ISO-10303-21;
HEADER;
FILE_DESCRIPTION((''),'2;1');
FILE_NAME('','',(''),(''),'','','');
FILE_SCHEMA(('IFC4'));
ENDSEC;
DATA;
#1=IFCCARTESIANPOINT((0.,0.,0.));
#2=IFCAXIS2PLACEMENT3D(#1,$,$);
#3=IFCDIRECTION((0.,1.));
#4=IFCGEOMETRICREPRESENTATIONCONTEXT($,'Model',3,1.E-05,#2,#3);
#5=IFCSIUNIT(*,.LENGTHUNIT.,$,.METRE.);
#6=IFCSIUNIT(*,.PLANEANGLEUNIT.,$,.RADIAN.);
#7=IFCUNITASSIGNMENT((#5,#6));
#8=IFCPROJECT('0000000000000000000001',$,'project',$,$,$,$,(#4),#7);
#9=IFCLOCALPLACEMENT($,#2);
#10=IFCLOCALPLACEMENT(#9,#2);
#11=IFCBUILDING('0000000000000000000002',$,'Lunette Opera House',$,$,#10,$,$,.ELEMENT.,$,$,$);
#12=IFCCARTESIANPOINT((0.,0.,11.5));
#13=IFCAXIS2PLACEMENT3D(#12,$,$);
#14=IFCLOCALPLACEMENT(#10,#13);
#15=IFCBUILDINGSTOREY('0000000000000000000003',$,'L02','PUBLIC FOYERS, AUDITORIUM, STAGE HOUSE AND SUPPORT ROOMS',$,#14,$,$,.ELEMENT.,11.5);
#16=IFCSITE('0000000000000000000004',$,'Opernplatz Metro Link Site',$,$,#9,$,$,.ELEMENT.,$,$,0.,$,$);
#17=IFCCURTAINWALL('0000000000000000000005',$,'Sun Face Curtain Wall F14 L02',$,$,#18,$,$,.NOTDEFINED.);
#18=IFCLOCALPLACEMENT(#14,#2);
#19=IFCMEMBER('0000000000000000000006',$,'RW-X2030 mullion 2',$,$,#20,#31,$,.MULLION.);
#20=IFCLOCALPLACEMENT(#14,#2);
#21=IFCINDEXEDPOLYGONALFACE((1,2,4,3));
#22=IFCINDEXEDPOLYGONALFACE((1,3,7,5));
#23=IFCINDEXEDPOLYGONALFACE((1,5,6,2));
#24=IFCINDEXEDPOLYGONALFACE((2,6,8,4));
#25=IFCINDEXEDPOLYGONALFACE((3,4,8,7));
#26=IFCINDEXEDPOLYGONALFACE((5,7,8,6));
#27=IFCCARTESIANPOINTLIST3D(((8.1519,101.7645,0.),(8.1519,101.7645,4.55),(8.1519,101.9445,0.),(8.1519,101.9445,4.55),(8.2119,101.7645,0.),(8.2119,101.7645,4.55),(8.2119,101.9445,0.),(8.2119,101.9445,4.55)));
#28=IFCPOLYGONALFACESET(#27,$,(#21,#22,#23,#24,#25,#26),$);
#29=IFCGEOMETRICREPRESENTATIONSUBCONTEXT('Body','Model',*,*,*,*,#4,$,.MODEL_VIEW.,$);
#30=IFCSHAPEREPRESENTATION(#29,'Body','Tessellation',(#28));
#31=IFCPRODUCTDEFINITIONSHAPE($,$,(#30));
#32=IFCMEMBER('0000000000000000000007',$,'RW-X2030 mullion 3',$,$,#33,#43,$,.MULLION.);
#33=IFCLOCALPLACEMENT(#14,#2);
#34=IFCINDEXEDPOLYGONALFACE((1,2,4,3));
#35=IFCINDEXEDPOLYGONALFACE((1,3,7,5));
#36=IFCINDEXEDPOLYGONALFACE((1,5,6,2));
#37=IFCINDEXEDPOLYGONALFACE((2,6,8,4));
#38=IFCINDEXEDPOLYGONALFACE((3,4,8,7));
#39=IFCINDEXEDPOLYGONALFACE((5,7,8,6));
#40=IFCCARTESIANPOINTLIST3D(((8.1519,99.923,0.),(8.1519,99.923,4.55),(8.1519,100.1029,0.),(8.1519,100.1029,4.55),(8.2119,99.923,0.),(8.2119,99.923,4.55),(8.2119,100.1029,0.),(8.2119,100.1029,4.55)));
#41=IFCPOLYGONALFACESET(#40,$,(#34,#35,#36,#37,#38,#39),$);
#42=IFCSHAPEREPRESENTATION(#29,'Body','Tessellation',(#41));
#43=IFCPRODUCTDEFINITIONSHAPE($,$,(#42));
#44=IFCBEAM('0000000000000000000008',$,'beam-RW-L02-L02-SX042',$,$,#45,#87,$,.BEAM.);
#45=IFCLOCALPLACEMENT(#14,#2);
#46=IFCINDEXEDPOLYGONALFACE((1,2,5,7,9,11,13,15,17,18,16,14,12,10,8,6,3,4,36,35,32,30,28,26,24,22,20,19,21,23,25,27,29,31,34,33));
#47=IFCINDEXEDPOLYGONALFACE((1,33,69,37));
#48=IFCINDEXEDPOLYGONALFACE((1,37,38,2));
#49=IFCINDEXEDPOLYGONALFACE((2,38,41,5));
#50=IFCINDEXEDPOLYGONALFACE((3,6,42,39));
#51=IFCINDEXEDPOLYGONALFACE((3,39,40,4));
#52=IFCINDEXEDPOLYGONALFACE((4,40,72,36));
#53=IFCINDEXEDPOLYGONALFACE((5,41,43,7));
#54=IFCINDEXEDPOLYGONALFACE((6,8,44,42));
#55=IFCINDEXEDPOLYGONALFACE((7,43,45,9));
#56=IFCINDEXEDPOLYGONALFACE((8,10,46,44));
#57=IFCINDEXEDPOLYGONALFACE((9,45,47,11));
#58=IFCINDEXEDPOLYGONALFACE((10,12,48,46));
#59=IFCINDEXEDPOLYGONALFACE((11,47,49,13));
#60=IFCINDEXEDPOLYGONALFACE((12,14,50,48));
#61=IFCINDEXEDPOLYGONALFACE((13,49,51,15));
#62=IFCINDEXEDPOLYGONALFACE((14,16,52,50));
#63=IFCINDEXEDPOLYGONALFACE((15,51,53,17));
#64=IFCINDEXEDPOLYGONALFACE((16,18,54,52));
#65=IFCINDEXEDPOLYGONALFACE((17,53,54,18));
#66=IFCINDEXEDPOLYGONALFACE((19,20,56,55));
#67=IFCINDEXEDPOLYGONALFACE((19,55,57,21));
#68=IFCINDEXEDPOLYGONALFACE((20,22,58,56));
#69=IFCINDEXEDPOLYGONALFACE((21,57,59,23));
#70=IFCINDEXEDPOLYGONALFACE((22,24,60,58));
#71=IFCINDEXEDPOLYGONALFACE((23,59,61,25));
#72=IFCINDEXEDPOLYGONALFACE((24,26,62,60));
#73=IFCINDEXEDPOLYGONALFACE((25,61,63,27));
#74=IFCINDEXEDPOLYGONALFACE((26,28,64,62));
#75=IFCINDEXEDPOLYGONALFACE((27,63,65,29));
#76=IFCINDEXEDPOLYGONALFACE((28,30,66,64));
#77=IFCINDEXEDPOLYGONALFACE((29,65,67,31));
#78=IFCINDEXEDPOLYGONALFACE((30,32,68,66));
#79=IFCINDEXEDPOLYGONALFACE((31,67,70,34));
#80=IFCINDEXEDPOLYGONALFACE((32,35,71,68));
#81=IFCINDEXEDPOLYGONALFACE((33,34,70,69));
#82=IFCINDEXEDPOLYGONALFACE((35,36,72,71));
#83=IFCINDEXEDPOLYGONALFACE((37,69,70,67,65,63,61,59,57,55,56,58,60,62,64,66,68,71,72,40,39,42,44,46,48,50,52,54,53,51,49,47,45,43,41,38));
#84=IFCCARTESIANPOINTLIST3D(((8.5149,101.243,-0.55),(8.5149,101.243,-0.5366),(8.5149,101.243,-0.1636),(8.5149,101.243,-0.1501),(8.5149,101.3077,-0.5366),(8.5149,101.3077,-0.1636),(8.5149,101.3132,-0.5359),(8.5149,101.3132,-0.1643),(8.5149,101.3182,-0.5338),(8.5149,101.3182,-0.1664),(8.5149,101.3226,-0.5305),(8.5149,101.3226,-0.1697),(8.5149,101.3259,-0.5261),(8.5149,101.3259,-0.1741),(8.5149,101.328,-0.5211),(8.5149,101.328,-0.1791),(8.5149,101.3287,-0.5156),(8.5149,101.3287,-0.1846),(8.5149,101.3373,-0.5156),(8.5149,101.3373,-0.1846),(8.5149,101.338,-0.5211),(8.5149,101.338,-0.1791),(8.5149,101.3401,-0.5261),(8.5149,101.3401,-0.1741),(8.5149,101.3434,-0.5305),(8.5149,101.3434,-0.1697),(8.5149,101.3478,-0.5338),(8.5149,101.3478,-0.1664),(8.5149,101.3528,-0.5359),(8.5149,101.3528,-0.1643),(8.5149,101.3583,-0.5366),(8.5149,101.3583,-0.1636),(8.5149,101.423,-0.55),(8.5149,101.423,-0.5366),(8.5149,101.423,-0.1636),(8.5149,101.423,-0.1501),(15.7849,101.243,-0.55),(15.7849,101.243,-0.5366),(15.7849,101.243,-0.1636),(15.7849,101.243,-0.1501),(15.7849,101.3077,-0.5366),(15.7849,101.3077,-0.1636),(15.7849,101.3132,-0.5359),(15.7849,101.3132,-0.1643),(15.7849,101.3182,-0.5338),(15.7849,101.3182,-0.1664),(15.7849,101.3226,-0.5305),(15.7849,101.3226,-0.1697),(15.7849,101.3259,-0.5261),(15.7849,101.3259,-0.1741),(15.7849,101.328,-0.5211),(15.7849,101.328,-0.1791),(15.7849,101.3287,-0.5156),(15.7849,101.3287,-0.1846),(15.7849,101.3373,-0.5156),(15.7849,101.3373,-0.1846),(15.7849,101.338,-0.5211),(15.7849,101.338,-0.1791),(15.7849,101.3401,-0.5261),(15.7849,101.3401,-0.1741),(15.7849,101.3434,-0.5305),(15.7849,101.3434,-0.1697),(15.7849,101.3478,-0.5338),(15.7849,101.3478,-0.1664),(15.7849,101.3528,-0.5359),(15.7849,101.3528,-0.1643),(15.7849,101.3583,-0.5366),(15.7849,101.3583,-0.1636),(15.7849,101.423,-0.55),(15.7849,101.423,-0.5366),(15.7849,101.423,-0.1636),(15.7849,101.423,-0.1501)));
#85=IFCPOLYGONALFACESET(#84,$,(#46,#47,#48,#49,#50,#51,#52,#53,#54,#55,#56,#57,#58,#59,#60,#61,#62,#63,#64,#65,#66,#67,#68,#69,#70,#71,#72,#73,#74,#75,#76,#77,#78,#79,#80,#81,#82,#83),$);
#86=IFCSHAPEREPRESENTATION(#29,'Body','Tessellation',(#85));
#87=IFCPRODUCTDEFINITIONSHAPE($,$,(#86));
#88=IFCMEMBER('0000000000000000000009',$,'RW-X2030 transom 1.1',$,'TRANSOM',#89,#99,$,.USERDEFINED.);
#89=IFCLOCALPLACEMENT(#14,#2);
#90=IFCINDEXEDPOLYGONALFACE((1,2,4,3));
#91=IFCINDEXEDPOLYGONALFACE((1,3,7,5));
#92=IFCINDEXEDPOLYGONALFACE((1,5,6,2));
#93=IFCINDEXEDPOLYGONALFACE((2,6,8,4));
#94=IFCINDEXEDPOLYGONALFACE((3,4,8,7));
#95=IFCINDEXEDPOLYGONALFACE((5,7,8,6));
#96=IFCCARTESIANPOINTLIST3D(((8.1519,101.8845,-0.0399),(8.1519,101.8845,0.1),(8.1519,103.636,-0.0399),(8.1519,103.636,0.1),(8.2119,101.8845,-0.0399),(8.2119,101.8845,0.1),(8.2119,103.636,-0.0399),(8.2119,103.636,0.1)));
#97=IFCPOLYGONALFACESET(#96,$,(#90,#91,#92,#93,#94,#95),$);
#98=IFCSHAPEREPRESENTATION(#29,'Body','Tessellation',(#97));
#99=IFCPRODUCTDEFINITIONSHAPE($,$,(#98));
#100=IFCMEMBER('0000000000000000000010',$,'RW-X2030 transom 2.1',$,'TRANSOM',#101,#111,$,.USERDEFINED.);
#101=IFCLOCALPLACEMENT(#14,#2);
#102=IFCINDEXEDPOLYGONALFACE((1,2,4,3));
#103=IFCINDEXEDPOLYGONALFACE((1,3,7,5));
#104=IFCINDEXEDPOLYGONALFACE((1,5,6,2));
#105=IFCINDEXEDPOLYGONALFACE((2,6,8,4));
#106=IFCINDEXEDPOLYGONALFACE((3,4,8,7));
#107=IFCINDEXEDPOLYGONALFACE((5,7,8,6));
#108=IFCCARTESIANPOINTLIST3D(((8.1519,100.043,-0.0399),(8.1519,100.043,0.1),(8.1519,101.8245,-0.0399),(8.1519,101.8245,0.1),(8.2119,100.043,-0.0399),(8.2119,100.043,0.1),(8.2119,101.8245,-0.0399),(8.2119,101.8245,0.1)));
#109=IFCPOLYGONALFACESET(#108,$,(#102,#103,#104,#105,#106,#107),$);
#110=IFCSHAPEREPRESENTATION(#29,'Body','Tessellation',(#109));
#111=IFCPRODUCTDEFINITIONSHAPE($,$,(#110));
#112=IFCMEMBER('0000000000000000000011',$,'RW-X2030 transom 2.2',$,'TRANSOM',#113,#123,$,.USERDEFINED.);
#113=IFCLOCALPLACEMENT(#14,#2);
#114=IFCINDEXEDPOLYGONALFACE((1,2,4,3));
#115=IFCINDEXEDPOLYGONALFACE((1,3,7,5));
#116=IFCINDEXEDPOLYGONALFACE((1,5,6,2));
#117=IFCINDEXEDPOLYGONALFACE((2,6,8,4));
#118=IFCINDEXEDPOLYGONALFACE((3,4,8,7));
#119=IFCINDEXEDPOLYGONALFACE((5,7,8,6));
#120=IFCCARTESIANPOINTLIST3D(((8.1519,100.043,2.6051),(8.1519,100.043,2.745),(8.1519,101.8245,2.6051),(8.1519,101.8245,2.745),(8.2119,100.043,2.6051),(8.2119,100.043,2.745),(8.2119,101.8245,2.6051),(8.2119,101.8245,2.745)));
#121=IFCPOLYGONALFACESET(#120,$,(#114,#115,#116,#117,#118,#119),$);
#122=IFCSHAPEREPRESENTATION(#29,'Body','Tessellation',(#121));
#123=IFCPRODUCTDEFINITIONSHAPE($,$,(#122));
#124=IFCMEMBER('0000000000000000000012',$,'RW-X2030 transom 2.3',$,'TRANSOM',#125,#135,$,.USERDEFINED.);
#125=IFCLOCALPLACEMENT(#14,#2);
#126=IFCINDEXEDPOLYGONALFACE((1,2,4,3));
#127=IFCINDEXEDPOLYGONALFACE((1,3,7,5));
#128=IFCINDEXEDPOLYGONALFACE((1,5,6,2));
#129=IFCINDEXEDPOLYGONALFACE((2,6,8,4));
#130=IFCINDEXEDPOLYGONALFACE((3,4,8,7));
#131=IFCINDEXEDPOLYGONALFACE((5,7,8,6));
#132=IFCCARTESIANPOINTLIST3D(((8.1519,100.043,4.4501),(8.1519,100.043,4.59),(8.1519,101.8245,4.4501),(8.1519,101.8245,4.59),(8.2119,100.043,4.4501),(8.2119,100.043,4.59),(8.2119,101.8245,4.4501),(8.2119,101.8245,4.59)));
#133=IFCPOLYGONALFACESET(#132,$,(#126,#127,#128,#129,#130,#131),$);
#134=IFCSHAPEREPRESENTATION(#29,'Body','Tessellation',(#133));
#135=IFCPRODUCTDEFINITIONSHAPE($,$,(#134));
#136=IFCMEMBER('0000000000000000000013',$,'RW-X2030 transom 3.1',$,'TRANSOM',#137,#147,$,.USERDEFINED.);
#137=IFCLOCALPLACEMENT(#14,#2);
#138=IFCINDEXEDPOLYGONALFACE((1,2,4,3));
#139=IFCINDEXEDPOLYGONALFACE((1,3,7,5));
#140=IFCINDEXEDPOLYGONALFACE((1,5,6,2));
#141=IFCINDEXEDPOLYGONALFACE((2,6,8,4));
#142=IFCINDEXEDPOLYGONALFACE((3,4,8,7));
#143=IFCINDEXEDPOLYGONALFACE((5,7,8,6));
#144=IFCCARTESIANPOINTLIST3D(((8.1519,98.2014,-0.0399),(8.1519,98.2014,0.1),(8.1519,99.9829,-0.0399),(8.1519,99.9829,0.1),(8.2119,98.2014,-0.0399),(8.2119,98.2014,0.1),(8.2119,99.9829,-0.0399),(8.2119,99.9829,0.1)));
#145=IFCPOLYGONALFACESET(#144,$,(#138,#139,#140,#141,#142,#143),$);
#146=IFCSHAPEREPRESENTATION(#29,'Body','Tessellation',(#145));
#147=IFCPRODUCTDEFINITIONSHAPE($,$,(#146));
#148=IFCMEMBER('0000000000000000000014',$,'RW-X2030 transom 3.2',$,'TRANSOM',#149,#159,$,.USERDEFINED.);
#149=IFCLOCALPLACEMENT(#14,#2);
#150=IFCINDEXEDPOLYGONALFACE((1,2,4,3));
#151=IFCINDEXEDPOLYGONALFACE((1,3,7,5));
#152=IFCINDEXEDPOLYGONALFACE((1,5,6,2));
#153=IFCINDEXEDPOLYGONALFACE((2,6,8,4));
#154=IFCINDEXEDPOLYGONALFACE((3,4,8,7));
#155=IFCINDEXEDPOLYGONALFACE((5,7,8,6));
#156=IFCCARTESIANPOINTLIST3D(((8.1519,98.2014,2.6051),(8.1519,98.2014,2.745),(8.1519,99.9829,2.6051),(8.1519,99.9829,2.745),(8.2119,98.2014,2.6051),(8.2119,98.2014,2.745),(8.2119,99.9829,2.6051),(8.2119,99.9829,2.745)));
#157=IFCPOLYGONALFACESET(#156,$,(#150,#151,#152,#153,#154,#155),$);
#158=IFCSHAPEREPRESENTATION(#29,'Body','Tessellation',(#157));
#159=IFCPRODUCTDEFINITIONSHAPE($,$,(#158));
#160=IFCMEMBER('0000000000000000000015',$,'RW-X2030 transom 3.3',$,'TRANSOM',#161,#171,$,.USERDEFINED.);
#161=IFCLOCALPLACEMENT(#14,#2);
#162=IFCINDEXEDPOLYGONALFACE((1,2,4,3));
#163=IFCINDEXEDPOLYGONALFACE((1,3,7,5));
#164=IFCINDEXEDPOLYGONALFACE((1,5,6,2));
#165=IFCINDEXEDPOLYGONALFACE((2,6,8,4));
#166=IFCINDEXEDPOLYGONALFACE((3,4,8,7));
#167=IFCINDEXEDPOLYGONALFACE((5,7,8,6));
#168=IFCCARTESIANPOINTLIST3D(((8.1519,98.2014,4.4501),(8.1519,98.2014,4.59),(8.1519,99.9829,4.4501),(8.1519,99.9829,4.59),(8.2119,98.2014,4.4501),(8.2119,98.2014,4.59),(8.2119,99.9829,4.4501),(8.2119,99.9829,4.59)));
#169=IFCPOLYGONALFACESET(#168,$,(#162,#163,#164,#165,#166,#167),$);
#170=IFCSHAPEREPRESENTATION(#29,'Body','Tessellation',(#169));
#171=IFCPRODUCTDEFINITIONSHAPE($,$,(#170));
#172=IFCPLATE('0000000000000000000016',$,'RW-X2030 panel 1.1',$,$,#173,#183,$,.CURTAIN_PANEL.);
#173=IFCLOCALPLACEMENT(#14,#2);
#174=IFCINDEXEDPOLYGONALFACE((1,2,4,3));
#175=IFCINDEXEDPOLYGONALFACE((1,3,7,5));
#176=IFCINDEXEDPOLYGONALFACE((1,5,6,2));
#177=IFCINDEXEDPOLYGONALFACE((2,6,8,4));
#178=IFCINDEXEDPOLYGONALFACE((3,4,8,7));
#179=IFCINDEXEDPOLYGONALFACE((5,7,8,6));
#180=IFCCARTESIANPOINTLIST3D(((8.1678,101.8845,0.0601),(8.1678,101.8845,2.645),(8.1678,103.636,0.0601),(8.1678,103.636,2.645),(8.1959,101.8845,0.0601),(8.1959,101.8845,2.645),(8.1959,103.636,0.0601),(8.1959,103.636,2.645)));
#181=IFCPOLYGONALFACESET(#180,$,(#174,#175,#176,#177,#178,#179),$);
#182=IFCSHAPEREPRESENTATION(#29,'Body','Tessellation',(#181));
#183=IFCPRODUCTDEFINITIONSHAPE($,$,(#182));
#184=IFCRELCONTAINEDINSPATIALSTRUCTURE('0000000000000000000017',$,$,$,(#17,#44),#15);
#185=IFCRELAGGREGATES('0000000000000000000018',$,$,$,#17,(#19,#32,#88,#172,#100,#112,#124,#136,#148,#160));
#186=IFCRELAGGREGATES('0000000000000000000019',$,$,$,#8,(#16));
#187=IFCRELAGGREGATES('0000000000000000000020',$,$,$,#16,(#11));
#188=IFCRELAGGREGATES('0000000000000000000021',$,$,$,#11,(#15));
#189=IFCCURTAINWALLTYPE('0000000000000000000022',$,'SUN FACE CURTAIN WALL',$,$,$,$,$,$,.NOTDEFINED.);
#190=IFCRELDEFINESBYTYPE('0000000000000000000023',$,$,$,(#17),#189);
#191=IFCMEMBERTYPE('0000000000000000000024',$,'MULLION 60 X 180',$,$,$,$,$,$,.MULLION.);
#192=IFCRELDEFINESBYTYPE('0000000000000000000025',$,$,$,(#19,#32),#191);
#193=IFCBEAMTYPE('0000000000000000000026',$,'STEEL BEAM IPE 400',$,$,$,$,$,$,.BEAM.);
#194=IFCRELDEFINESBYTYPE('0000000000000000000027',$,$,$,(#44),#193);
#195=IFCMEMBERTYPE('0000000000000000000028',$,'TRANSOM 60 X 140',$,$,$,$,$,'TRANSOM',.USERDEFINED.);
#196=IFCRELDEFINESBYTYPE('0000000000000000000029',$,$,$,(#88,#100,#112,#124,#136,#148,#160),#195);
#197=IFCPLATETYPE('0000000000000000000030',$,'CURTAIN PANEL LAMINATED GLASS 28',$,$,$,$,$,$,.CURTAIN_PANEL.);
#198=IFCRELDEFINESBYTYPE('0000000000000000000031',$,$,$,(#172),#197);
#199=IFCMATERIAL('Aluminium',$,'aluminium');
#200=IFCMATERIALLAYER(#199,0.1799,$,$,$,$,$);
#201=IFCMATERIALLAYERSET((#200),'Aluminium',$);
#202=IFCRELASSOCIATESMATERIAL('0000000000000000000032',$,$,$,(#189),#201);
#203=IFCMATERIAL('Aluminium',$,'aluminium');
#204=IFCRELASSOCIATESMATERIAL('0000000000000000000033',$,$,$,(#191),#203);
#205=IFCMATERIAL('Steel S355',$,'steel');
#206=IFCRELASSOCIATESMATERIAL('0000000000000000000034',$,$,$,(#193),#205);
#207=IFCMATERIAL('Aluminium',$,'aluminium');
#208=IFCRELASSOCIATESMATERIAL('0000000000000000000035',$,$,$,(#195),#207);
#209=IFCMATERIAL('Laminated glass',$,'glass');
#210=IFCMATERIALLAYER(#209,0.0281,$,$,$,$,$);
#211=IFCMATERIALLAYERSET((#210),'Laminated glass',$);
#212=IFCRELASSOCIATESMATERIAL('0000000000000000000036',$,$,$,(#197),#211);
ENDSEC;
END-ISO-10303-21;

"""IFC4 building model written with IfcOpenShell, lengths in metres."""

from ifc_helpers import new_model, si_unit, direction, frame, origin, origin_2d, place, context, subcontext, project, spatial, rectangle, i_section, extrude, material, layer, layer_set, material_profile, profile_set, type_object, element, aggregate, save


model = new_model("IFC4")

# Units and contexts
model_context = context("Model", 3, precision=1e-05, world=origin(), true_north=direction((0.0, 1.0)))
body_context = subcontext(model_context, "Body", "Model", "MODEL_VIEW")
ifc_project = project(units=[si_unit("LENGTHUNIT", "METRE"), si_unit("PLANEANGLEUNIT", "RADIAN")], contexts=[model_context])

# Site, building, storey
site_placement = place(None, origin())
site = spatial("IfcSite", under=ifc_project, at=site_placement, Name="Opernplatz Metro Link Site", CompositionType="ELEMENT", RefElevation=0.0)
building_placement = place(site_placement, origin())
building = spatial("IfcBuilding", under=site, at=building_placement, Name="Lunette Opera House", CompositionType="ELEMENT")
storey_placement = place(building_placement, frame((0.0, 0.0, 11.5)))
storey = spatial("IfcBuildingStorey", under=building, at=storey_placement, Name="L02", Description="PUBLIC FOYERS, AUDITORIUM, STAGE HOUSE AND SUPPORT ROOMS", CompositionType="ELEMENT", Elevation=11.5)

# Curtain wall, members
ifc_material_1 = material(Name="Aluminium", Category="aluminium")
ifc_layer_1 = layer(ifc_material_1, 0.1799)
ifc_layer_set_1 = layer_set([ifc_layer_1], Name="Aluminium")
curtain_wall_type = type_object("IfcCurtainWallType", Name="SUN FACE CURTAIN WALL", PredefinedType="NOTDEFINED", material=ifc_layer_set_1)
curtain_wall_placement = place(storey_placement, origin())
curtain_wall = element("IfcCurtainWall", 1, at=curtain_wall_placement, inside=storey, type_object=curtain_wall_type, Name="Sun Face Curtain Wall F14 L02", PredefinedType="NOTDEFINED")
ifc_material_2 = material(Name="Aluminium", Category="aluminium")
ifc_material_profile_1 = material_profile(ifc_material_2, rectangle(XDim=0.0601, YDim=0.1799, at=origin_2d()), Name="MULLION 60 X 180")
ifc_profile_set_1 = profile_set([ifc_material_profile_1], Name="Aluminium")
member_type_1 = type_object("IfcMemberType", Name="MULLION 60 X 180", PredefinedType="MULLION", material=ifc_profile_set_1)
member_1_placement = place(storey_placement, frame((8.1819, 101.8545, 0.0), z_axis=(0.0, 0.0, 1.0), x_axis=(1.0, 0.0, 0.0)))
member_1 = element("IfcMember", 2, at=member_1_placement, type_object=member_type_1, Name="RW-X2030 mullion 2", PredefinedType="MULLION", context=body_context, shape_type="SweptSolid", body=[
    extrude(rectangle(XDim=0.0601, YDim=0.1799, at=origin_2d()), origin(), (0.0, 0.0, 1.0), 4.55),
])
member_2_placement = place(storey_placement, frame((8.1819, 100.0129, 0.0), z_axis=(0.0, 0.0, 1.0), x_axis=(1.0, 0.0, 0.0)))
member_2 = element("IfcMember", 3, at=member_2_placement, type_object=member_type_1, Name="RW-X2030 mullion 3", PredefinedType="MULLION", context=body_context, shape_type="SweptSolid", body=[
    extrude(rectangle(XDim=0.0601, YDim=0.1799, at=origin_2d()), origin(), (0.0, 0.0, 1.0), 4.55),
])

# Beam
ifc_material_3 = material(Name="Steel S355", Category="steel")
ifc_material_profile_2 = material_profile(ifc_material_3, i_section(OverallWidth=0.1799, OverallDepth=0.3999, WebThickness=0.0085, FlangeThickness=0.0134, FilletRadius=0.021, at=origin_2d()), Name="IPE 400")
ifc_profile_set_2 = profile_set([ifc_material_profile_2], Name="Steel S355")
beam_type = type_object("IfcBeamType", Name="STEEL BEAM IPE 400", PredefinedType="BEAM", material=ifc_profile_set_2)
beam_placement = place(storey_placement, frame((8.5149, 101.333, -0.3501), z_axis=(1.0, 0.0, 0.0), x_axis=(0.0, 1.0, 0.0)))
element("IfcBeam", 4, at=beam_placement, inside=storey, type_object=beam_type, Name="beam-RW-L02-L02-SX042", PredefinedType="BEAM", context=body_context, shape_type="SweptSolid", body=[
    extrude(i_section(OverallWidth=0.1799, OverallDepth=0.3999, WebThickness=0.0085, FlangeThickness=0.0134, FilletRadius=0.021, at=origin_2d()), origin(), (0.0, 0.0, 1.0), 7.27),
])

# Members
ifc_material_4 = material(Name="Aluminium", Category="aluminium")
ifc_material_profile_3 = material_profile(ifc_material_4, rectangle(XDim=0.0601, YDim=0.1399, at=origin_2d()), Name="TRANSOM 60 X 140")
ifc_profile_set_3 = profile_set([ifc_material_profile_3], Name="Aluminium")
member_type_2 = type_object("IfcMemberType", Name="TRANSOM 60 X 140", ElementType="TRANSOM", PredefinedType="USERDEFINED", material=ifc_profile_set_3)
member_3_placement = place(storey_placement, frame((8.1819, 103.636, 0.03), z_axis=(0.0, -1.0, 0.0), x_axis=(1.0, 0.0, 0.0)))
member_3 = element("IfcMember", 5, at=member_3_placement, type_object=member_type_2, Name="RW-X2030 transom 1.1", ObjectType="TRANSOM", PredefinedType="USERDEFINED", context=body_context, shape_type="SweptSolid", body=[
    extrude(rectangle(XDim=0.0601, YDim=0.1399, at=origin_2d()), origin(), (0.0, 0.0, 1.0), 1.7515),
])
member_4_placement = place(storey_placement, frame((8.1819, 101.8245, 0.03), z_axis=(0.0, -1.0, 0.0), x_axis=(1.0, 0.0, 0.0)))
member_4 = element("IfcMember", 6, at=member_4_placement, type_object=member_type_2, Name="RW-X2030 transom 2.1", ObjectType="TRANSOM", PredefinedType="USERDEFINED", context=body_context, shape_type="SweptSolid", body=[
    extrude(rectangle(XDim=0.0601, YDim=0.1399, at=origin_2d()), origin(), (0.0, 0.0, 1.0), 1.7815),
])
member_5_placement = place(storey_placement, frame((8.1819, 101.8245, 2.675), z_axis=(0.0, -1.0, 0.0), x_axis=(1.0, 0.0, 0.0)))
member_5 = element("IfcMember", 7, at=member_5_placement, type_object=member_type_2, Name="RW-X2030 transom 2.2", ObjectType="TRANSOM", PredefinedType="USERDEFINED", context=body_context, shape_type="SweptSolid", body=[
    extrude(rectangle(XDim=0.0601, YDim=0.1399, at=origin_2d()), origin(), (0.0, 0.0, 1.0), 1.7815),
])
member_6_placement = place(storey_placement, frame((8.1819, 101.8245, 4.52), z_axis=(0.0, -1.0, 0.0), x_axis=(1.0, 0.0, 0.0)))
member_6 = element("IfcMember", 8, at=member_6_placement, type_object=member_type_2, Name="RW-X2030 transom 2.3", ObjectType="TRANSOM", PredefinedType="USERDEFINED", context=body_context, shape_type="SweptSolid", body=[
    extrude(rectangle(XDim=0.0601, YDim=0.1399, at=origin_2d()), origin(), (0.0, 0.0, 1.0), 1.7815),
])
member_7_placement = place(storey_placement, frame((8.1819, 99.9829, 0.03), z_axis=(0.0, -1.0, 0.0), x_axis=(1.0, 0.0, 0.0)))
member_7 = element("IfcMember", 9, at=member_7_placement, type_object=member_type_2, Name="RW-X2030 transom 3.1", ObjectType="TRANSOM", PredefinedType="USERDEFINED", context=body_context, shape_type="SweptSolid", body=[
    extrude(rectangle(XDim=0.0601, YDim=0.1399, at=origin_2d()), origin(), (0.0, 0.0, 1.0), 1.7815),
])
member_8_placement = place(storey_placement, frame((8.1819, 99.9829, 2.675), z_axis=(0.0, -1.0, 0.0), x_axis=(1.0, 0.0, 0.0)))
member_8 = element("IfcMember", 10, at=member_8_placement, type_object=member_type_2, Name="RW-X2030 transom 3.2", ObjectType="TRANSOM", PredefinedType="USERDEFINED", context=body_context, shape_type="SweptSolid", body=[
    extrude(rectangle(XDim=0.0601, YDim=0.1399, at=origin_2d()), origin(), (0.0, 0.0, 1.0), 1.7815),
])
member_9_placement = place(storey_placement, frame((8.1819, 99.9829, 4.52), z_axis=(0.0, -1.0, 0.0), x_axis=(1.0, 0.0, 0.0)))
member_9 = element("IfcMember", 11, at=member_9_placement, type_object=member_type_2, Name="RW-X2030 transom 3.3", ObjectType="TRANSOM", PredefinedType="USERDEFINED", context=body_context, shape_type="SweptSolid", body=[
    extrude(rectangle(XDim=0.0601, YDim=0.1399, at=origin_2d()), origin(), (0.0, 0.0, 1.0), 1.7815),
])

# Plate
ifc_material_5 = material(Name="Laminated glass", Category="glass")
ifc_layer_2 = layer(ifc_material_5, 0.0281)
ifc_layer_set_2 = layer_set([ifc_layer_2], Name="Laminated glass")
plate_type = type_object("IfcPlateType", Name="CURTAIN PANEL LAMINATED GLASS 28", PredefinedType="CURTAIN_PANEL", material=ifc_layer_set_2)
plate_1_placement = place(storey_placement, frame((8.1819, 102.7603, 0.0601), z_axis=(0.0, 0.0, 1.0), x_axis=(0.0, -1.0, 0.0)))
plate_1 = element("IfcPlate", 12, at=plate_1_placement, type_object=plate_type, Name="RW-X2030 panel 1.1", PredefinedType="CURTAIN_PANEL", context=body_context, shape_type="SweptSolid", body=[
    extrude(rectangle(XDim=1.7515, YDim=0.0281, at=origin_2d()), origin(), (0.0, 0.0, 1.0), 2.585),
])
aggregate(curtain_wall, [member_1, member_2, member_3, plate_1, member_4, member_5, member_6, member_7, member_8, member_9])

save(model, "model.ifc")
